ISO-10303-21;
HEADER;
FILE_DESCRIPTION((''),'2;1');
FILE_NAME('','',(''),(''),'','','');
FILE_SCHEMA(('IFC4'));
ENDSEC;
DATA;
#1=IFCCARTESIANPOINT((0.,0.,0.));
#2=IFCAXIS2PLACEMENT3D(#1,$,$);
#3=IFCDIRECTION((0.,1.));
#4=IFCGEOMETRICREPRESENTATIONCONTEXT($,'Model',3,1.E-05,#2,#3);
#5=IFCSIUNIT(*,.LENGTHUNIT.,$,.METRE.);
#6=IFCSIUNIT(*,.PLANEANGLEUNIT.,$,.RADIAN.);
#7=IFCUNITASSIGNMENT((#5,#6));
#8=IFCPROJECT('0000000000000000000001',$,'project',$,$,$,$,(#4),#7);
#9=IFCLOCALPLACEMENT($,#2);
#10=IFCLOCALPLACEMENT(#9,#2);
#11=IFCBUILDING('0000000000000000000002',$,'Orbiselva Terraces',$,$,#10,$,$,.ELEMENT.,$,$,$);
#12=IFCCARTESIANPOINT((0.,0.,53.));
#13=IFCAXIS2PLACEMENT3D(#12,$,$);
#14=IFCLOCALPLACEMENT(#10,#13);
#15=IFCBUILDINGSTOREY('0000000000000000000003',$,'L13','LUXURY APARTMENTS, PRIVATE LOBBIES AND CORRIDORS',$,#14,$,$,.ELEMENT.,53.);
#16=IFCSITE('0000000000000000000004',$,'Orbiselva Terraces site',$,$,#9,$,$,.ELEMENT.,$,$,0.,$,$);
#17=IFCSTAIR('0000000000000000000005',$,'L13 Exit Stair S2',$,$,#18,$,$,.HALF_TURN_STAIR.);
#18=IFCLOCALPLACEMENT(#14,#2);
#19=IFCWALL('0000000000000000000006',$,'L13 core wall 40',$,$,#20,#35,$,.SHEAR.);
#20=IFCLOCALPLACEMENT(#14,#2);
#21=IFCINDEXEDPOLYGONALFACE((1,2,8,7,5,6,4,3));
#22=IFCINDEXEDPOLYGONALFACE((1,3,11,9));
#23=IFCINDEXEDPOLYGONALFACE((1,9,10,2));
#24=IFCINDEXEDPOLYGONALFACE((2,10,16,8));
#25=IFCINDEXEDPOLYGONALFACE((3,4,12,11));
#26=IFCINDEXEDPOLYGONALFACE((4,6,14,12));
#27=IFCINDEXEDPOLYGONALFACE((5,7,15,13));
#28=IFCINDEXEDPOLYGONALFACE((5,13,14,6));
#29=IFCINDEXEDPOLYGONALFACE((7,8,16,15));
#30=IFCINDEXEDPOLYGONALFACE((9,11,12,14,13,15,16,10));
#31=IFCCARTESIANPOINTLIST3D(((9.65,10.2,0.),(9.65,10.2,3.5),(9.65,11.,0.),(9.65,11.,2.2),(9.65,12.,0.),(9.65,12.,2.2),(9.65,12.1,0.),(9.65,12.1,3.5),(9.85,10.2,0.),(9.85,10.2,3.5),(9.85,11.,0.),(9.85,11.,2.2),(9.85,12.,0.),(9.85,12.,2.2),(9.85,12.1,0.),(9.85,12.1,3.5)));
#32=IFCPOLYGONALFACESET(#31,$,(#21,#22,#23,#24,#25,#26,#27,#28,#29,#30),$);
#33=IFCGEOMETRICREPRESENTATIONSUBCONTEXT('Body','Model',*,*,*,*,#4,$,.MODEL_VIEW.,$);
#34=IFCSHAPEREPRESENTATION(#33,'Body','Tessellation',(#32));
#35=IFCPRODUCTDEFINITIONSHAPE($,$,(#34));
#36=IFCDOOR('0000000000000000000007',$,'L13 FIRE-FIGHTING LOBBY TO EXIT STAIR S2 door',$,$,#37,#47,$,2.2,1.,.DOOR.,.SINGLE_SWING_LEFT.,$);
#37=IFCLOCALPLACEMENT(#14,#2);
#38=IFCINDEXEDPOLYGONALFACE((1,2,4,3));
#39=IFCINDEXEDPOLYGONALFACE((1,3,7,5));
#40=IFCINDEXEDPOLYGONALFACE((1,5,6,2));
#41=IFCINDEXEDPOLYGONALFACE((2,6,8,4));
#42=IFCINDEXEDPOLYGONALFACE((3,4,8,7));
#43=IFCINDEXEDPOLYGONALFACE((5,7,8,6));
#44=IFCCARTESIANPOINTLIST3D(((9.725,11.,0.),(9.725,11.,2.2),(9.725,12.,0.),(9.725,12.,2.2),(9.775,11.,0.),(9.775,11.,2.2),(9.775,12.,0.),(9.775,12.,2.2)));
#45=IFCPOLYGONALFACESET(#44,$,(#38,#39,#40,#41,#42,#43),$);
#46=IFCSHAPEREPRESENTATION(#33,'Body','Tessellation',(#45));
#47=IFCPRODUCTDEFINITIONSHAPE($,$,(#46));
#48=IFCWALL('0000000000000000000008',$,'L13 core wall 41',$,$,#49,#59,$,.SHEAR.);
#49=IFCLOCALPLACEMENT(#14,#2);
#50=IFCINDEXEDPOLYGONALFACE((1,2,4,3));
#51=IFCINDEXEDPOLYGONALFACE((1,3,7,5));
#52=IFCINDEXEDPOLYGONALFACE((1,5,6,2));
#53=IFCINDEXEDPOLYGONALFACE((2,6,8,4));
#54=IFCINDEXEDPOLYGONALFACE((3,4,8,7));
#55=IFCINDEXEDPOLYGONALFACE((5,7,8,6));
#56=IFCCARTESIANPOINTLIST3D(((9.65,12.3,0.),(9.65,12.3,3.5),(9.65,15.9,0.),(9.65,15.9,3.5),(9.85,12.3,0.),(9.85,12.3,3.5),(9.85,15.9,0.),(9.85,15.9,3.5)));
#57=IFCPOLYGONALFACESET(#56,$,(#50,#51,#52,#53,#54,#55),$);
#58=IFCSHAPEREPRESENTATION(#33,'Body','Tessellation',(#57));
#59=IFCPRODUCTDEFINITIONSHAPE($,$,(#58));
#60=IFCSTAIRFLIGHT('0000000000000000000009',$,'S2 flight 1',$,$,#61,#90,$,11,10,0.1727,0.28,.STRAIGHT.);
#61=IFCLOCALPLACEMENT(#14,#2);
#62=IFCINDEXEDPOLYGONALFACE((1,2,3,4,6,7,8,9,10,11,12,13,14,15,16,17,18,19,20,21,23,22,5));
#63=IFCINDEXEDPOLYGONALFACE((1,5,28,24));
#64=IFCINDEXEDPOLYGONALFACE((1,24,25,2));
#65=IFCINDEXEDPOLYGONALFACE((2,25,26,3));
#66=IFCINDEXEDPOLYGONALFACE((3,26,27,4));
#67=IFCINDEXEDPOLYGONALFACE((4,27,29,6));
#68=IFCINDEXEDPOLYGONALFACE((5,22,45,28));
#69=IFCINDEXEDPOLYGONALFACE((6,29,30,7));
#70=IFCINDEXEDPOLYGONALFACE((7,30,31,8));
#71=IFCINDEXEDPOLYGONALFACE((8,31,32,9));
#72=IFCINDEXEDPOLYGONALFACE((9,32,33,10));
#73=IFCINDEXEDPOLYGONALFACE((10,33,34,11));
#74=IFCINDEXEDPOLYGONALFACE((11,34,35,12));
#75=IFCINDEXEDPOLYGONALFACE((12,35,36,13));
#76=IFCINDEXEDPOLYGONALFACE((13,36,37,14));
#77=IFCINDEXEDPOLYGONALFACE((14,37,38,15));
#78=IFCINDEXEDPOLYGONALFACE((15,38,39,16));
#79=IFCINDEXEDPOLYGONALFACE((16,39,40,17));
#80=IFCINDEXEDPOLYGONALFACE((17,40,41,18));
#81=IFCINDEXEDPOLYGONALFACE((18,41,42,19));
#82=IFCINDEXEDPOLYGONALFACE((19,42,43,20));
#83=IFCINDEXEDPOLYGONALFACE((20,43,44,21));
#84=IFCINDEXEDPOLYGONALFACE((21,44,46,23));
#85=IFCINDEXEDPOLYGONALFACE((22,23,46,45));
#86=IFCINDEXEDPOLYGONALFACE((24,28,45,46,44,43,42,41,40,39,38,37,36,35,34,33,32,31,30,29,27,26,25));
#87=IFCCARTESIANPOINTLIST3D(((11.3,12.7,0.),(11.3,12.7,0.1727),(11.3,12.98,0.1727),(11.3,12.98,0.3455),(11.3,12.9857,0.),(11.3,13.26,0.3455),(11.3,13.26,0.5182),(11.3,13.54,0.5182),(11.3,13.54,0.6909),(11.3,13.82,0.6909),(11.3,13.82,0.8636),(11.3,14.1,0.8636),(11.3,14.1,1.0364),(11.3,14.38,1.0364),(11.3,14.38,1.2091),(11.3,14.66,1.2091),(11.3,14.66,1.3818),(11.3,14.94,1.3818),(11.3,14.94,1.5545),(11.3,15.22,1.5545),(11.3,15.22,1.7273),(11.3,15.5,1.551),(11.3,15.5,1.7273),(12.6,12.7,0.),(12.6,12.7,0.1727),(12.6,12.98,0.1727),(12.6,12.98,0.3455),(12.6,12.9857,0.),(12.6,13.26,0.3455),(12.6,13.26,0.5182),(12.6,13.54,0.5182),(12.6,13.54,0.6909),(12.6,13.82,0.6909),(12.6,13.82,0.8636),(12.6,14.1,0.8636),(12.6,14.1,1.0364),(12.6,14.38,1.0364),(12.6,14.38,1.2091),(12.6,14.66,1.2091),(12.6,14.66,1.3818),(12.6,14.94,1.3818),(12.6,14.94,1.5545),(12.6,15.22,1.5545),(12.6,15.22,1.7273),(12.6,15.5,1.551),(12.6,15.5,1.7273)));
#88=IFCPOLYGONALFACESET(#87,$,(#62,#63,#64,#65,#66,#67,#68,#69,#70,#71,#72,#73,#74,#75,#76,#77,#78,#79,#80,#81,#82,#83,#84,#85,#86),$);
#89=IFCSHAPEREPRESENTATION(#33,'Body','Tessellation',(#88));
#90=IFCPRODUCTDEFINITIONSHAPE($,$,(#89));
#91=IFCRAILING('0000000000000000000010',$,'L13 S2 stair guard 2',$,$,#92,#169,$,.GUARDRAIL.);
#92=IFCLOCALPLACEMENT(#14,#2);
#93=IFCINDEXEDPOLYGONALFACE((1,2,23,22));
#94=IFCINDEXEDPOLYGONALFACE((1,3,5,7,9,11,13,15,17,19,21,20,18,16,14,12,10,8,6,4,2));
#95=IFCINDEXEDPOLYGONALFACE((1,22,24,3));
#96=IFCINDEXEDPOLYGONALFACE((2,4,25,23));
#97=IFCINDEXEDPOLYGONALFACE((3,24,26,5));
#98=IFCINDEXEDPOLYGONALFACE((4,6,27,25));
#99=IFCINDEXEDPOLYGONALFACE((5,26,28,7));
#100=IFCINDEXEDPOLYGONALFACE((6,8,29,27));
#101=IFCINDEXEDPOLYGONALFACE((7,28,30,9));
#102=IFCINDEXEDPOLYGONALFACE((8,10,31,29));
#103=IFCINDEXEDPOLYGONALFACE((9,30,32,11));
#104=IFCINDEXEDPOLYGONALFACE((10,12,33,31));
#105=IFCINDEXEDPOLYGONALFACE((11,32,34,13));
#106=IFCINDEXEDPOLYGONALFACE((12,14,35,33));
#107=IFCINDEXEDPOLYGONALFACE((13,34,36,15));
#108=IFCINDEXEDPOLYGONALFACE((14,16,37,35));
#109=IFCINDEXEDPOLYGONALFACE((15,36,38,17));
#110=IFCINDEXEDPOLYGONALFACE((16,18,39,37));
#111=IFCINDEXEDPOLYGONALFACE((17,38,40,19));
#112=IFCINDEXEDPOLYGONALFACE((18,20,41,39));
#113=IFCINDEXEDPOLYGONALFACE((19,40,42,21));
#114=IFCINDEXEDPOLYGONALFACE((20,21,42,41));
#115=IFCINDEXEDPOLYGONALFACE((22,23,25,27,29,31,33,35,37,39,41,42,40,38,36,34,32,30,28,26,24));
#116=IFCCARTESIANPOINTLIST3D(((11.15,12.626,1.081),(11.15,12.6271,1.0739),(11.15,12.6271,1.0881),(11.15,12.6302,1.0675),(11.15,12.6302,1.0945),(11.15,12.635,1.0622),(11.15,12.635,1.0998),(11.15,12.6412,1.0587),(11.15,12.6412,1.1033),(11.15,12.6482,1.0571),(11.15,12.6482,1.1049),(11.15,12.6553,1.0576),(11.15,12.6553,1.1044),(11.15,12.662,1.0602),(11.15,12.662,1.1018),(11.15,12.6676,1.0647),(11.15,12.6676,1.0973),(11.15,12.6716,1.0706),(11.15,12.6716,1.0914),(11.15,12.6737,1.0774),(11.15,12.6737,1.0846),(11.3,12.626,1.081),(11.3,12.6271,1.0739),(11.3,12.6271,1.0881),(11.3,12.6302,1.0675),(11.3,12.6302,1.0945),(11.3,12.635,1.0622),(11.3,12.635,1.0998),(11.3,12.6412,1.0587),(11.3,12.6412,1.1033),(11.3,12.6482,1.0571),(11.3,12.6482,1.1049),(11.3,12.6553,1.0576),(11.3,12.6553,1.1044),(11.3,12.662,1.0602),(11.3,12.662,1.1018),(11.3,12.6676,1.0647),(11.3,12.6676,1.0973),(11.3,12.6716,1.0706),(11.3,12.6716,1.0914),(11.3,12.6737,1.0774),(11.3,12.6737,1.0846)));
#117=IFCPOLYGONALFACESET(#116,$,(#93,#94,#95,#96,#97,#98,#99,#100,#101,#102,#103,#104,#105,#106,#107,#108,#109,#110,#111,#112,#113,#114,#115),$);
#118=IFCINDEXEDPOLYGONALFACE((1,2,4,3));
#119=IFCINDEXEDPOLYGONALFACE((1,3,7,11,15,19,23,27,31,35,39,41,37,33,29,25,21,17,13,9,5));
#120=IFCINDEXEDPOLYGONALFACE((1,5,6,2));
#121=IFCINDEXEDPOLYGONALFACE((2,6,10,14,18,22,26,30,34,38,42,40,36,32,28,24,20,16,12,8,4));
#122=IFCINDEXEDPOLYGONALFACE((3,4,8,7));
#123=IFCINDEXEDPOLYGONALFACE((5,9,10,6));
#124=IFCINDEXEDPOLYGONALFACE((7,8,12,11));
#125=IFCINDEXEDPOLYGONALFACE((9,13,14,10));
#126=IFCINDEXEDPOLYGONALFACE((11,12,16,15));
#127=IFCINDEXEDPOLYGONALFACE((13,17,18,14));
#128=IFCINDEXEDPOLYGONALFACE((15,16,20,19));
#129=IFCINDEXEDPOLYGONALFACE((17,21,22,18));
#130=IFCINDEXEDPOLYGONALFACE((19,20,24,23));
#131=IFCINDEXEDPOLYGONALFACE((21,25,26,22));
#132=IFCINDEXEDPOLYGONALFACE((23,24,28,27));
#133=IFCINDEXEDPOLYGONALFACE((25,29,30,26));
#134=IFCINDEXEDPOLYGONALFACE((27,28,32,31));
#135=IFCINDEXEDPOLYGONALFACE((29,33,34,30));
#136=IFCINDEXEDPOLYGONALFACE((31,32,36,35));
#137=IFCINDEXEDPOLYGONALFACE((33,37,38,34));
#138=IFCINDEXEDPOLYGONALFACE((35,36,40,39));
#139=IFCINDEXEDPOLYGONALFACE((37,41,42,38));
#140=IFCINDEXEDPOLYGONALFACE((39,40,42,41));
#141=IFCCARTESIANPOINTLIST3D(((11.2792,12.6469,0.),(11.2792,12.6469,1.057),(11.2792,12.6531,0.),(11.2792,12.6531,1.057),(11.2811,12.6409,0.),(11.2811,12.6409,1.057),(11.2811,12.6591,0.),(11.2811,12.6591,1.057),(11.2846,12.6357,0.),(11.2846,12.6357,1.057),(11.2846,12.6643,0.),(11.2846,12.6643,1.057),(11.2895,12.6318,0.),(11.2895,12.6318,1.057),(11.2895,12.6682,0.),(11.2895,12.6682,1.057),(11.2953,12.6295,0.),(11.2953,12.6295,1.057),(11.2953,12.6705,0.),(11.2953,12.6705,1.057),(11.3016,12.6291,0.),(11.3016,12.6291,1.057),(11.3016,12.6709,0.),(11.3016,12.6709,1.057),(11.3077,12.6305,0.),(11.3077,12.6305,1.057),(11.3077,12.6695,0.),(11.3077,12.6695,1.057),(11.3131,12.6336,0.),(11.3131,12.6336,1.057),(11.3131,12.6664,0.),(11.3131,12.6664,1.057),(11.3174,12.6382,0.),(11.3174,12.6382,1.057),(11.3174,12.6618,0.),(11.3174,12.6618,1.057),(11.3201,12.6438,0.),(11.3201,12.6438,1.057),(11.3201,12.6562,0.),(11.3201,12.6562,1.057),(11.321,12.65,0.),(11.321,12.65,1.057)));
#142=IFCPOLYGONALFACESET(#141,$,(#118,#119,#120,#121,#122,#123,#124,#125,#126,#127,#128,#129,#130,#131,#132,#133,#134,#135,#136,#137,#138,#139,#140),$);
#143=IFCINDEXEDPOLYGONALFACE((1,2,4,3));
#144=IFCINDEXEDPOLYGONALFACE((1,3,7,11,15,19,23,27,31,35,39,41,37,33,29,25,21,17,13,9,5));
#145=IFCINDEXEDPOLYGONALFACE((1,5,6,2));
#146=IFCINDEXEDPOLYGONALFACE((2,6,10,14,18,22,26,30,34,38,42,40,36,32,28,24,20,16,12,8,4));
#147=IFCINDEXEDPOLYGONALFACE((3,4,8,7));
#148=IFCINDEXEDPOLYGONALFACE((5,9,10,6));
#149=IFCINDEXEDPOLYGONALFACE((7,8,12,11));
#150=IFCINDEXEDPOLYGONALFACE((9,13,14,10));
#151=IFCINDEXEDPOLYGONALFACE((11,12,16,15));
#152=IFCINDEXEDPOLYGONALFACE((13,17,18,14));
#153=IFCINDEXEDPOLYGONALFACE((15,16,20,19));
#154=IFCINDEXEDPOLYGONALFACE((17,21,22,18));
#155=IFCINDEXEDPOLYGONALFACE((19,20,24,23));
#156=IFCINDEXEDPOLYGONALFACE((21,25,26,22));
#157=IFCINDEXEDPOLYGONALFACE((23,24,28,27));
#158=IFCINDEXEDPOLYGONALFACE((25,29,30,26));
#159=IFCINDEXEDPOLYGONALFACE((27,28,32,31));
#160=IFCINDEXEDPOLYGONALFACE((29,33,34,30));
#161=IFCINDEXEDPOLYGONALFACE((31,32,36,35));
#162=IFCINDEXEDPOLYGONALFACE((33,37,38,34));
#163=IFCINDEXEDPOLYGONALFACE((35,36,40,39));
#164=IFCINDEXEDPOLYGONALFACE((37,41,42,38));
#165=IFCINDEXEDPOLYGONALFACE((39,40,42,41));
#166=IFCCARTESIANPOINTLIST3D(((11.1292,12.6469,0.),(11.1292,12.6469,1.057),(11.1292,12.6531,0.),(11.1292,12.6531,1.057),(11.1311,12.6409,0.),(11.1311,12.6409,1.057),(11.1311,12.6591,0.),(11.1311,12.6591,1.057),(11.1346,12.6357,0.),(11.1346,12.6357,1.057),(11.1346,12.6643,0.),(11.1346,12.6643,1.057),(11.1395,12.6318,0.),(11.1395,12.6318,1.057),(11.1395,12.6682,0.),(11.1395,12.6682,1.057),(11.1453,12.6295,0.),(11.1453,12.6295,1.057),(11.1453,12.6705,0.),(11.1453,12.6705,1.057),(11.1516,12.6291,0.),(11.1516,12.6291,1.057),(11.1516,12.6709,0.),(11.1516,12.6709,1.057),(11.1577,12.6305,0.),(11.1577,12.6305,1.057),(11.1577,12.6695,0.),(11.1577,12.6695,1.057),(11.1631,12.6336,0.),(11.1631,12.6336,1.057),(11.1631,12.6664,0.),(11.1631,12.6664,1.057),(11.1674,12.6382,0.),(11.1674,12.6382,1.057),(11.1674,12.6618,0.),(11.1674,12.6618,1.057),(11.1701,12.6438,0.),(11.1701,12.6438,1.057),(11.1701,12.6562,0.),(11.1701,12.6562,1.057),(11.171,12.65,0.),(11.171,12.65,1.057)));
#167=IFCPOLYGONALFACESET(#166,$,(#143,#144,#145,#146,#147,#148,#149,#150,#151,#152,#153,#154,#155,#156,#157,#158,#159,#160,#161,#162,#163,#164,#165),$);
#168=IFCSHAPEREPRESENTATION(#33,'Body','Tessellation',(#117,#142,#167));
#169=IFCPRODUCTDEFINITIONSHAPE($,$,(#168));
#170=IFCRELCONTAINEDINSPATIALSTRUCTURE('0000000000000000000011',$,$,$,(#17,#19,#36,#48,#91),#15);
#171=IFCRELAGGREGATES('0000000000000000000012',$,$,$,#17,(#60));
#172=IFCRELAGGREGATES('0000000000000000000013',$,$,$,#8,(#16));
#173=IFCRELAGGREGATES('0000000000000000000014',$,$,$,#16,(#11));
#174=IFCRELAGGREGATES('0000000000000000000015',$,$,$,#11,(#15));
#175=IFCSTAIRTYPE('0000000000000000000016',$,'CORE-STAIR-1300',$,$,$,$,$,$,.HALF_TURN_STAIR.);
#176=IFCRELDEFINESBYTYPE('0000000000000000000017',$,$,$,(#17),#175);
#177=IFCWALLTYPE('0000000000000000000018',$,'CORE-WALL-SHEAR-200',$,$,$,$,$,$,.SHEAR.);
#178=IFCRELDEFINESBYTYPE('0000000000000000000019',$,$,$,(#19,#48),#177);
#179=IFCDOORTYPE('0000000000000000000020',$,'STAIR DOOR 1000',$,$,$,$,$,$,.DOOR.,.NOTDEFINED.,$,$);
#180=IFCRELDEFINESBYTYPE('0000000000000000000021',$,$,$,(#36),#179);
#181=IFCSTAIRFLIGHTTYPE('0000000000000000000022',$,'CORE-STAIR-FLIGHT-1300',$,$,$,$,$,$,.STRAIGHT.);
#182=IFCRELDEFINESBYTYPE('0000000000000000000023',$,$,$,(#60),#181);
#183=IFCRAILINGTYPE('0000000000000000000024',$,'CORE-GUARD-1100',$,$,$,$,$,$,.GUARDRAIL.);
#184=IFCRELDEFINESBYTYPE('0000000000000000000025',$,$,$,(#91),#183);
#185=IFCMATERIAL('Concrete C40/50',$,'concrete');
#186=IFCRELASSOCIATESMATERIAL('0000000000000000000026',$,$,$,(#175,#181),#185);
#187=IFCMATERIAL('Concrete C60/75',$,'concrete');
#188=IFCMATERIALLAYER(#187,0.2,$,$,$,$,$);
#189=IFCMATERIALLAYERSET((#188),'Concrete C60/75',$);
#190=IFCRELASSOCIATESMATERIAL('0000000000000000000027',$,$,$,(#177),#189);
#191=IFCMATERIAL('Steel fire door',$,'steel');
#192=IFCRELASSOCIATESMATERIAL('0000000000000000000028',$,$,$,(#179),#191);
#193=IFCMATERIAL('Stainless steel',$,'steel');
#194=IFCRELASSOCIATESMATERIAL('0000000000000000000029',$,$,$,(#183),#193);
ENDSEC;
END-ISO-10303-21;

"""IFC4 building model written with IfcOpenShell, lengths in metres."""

from ifc_helpers import new_model, si_unit, direction, frame, frame_2d, origin, origin_2d, place, context, subcontext, project, spatial, polyline, rectangle, circle, outline, extrude, material, layer, layer_set, type_object, element, fill, aggregate, save


model = new_model("IFC4")

# Units and contexts
model_context = context("Model", 3, precision=1e-05, world=origin(), true_north=direction((0.0, 1.0)))
body_context = subcontext(model_context, "Body", "Model", "MODEL_VIEW")
ifc_project = project(units=[si_unit("LENGTHUNIT", "METRE"), si_unit("PLANEANGLEUNIT", "RADIAN")], contexts=[model_context])

# Site, building, storey
site_placement = place(None, origin())
site = spatial("IfcSite", under=ifc_project, at=site_placement, Name="Orbiselva Terraces site", CompositionType="ELEMENT", RefElevation=0.0)
building_placement = place(site_placement, origin())
building = spatial("IfcBuilding", under=site, at=building_placement, Name="Orbiselva Terraces", CompositionType="ELEMENT")
storey_placement = place(building_placement, frame((0.0, 0.0, 53.0)))
storey = spatial("IfcBuildingStorey", under=building, at=storey_placement, Name="L13", Description="LUXURY APARTMENTS, PRIVATE LOBBIES AND CORRIDORS", CompositionType="ELEMENT", Elevation=53.0)

# Stair
ifc_material_1 = material(Name="Concrete C40/50", Category="concrete")
stair_type_1 = type_object("IfcStairType", Name="CORE-STAIR-1300", PredefinedType="HALF_TURN_STAIR", material=ifc_material_1)
stair_1_placement = place(storey_placement, origin())
stair_1 = element("IfcStair", 1, at=stair_1_placement, inside=storey, type_object=stair_type_1, Name="L13 Exit Stair S2", PredefinedType="HALF_TURN_STAIR")

# Shared definitions
ifc_material_2 = material(Name="Concrete C60/75", Category="concrete")
ifc_layer_1 = layer(ifc_material_2, 0.2)
ifc_layer_set_1 = layer_set([ifc_layer_1], Name="Concrete C60/75")
wall_type_1 = type_object("IfcWallType", Name="CORE-WALL-SHEAR-200", PredefinedType="SHEAR", material=ifc_layer_set_1)

# Wall, opening, door
wall_1_placement = place(storey_placement, frame((9.75, 12.1, 0.0), z_axis=(0.0, 0.0, 1.0), x_axis=(0.0, -1.0, 0.0)))
wall_1 = element("IfcWall", 2, at=wall_1_placement, inside=storey, type_object=wall_type_1, Name="L13 core wall 40", PredefinedType="SHEAR", context=body_context, shape_type="SweptSolid", body=[
    extrude(rectangle(XDim=1.9, YDim=0.2, at=frame_2d((0.95, 0.0))), origin(), (0.0, 0.0, 1.0), 3.5),
])
opening_1_placement = place(wall_1_placement, frame((0.1, 0.0, 0.0)))
opening_1 = element("IfcOpeningElement", 3, at=opening_1_placement, cuts=wall_1, PredefinedType="OPENING", context=body_context, shape_type="SweptSolid", body=[
    extrude(rectangle(XDim=1.0, YDim=2.2, at=frame_2d((0.5, 1.1))), frame((0.0, 0.11, 0.0), z_axis=(0.0, -1.0, 0.0), x_axis=(1.0, 0.0, 0.0)), (0.0, 0.0, 1.0), 0.22),
])
ifc_material_3 = material(Name="Steel fire door", Category="steel")
door_type_1 = type_object("IfcDoorType", Name="STAIR DOOR 1000", OperationType="NOTDEFINED", PredefinedType="DOOR", material=ifc_material_3)
door_1_placement = place(opening_1_placement, origin())
door_1 = element("IfcDoor", 4, at=door_1_placement, inside=storey, type_object=door_type_1, Name="L13 FIRE-FIGHTING LOBBY TO EXIT STAIR S2 door", OperationType="SINGLE_SWING_LEFT", OverallHeight=2.2, OverallWidth=1.0, PredefinedType="DOOR", context=body_context, shape_type="SweptSolid", body=[
    extrude(rectangle(XDim=1.0, YDim=2.2, at=frame_2d((0.5, 1.1))), frame((0.0, 0.025, 0.0), z_axis=(0.0, -1.0, 0.0), x_axis=(1.0, 0.0, 0.0)), (0.0, 0.0, 1.0), 0.05),
])
fill(opening_1, door_1)

# Wall
wall_2_placement = place(storey_placement, frame((9.75, 12.3, 0.0), z_axis=(0.0, 0.0, 1.0), x_axis=(0.0, 1.0, 0.0)))
element("IfcWall", 5, at=wall_2_placement, inside=storey, type_object=wall_type_1, Name="L13 core wall 41", PredefinedType="SHEAR", context=body_context, shape_type="SweptSolid", body=[
    extrude(rectangle(XDim=3.6, YDim=0.2, at=frame_2d((1.8, 0.0))), origin(), (0.0, 0.0, 1.0), 3.5),
])

# Stair flight
stair_flight_type = type_object("IfcStairFlightType", Name="CORE-STAIR-FLIGHT-1300", PredefinedType="STRAIGHT", material=ifc_material_1)
stair_flight_placement = place(storey_placement, frame((11.95, 12.7, 0.0), z_axis=(0.0, 0.0, 1.0), x_axis=(0.0, 1.0, 0.0)))
stair_flight = element("IfcStairFlight", 6, at=stair_flight_placement, type_object=stair_flight_type, Name="S2 flight 1", NumberOfRisers=11, NumberOfTreads=10, PredefinedType="STRAIGHT", RiserHeight=0.1727, TreadLength=0.28, context=body_context, shape_type="SweptSolid", body=[
    extrude(outline(polyline([(0.0, 0.0), (0.0, 0.1727), (0.28, 0.1727), (0.28, 0.3455), (0.56, 0.3455), (0.56, 0.5182), (0.84, 0.5182), (0.84, 0.6909), (1.12, 0.6909), (1.12, 0.8636), (1.4, 0.8636), (1.4, 1.0364), (1.68, 1.0364), (1.68, 1.2091), (1.96, 1.2091), (1.96, 1.3818), (2.24, 1.3818), (2.24, 1.5545), (2.52, 1.5545), (2.52, 1.7273), (2.8, 1.7273), (2.8, 1.9), (2.8, 1.551), (0.2857, 0.0), (0.0, 0.0)])), frame((0.0, 0.65, 0.0), z_axis=(0.0, -1.0, 0.0), x_axis=(1.0, 0.0, 0.0)), (0.0, 0.0, 1.0), 1.3),
])
aggregate(stair_1, [stair_flight])

# Railing
ifc_material_4 = material(Name="Stainless steel", Category="steel")
railing_type_1 = type_object("IfcRailingType", Name="CORE-GUARD-1100", PredefinedType="GUARDRAIL", material=ifc_material_4)
railing_1_placement = place(storey_placement, frame((11.3, 12.65, 0.0)))
element("IfcRailing", 7, at=railing_1_placement, inside=storey, type_object=railing_type_1, Name="L13 S2 stair guard 2", PredefinedType="GUARDRAIL", context=body_context, shape_type="SweptSolid", body=[
    extrude(circle(Radius=0.024, at=origin_2d()), frame((0.0, 0.0, 1.081), z_axis=(-1.0, 0.0, 0.0), x_axis=(0.0, -1.0, 0.0)), (0.0, 0.0, 1.0), 0.15),
    extrude(circle(Radius=0.021, at=origin_2d()), origin(), (0.0, 0.0, 1.0), 1.057),
    extrude(circle(Radius=0.021, at=origin_2d()), frame((-0.15, 0.0, 0.0)), (0.0, 0.0, 1.0), 1.057),
])

save(model, "model.ifc")
